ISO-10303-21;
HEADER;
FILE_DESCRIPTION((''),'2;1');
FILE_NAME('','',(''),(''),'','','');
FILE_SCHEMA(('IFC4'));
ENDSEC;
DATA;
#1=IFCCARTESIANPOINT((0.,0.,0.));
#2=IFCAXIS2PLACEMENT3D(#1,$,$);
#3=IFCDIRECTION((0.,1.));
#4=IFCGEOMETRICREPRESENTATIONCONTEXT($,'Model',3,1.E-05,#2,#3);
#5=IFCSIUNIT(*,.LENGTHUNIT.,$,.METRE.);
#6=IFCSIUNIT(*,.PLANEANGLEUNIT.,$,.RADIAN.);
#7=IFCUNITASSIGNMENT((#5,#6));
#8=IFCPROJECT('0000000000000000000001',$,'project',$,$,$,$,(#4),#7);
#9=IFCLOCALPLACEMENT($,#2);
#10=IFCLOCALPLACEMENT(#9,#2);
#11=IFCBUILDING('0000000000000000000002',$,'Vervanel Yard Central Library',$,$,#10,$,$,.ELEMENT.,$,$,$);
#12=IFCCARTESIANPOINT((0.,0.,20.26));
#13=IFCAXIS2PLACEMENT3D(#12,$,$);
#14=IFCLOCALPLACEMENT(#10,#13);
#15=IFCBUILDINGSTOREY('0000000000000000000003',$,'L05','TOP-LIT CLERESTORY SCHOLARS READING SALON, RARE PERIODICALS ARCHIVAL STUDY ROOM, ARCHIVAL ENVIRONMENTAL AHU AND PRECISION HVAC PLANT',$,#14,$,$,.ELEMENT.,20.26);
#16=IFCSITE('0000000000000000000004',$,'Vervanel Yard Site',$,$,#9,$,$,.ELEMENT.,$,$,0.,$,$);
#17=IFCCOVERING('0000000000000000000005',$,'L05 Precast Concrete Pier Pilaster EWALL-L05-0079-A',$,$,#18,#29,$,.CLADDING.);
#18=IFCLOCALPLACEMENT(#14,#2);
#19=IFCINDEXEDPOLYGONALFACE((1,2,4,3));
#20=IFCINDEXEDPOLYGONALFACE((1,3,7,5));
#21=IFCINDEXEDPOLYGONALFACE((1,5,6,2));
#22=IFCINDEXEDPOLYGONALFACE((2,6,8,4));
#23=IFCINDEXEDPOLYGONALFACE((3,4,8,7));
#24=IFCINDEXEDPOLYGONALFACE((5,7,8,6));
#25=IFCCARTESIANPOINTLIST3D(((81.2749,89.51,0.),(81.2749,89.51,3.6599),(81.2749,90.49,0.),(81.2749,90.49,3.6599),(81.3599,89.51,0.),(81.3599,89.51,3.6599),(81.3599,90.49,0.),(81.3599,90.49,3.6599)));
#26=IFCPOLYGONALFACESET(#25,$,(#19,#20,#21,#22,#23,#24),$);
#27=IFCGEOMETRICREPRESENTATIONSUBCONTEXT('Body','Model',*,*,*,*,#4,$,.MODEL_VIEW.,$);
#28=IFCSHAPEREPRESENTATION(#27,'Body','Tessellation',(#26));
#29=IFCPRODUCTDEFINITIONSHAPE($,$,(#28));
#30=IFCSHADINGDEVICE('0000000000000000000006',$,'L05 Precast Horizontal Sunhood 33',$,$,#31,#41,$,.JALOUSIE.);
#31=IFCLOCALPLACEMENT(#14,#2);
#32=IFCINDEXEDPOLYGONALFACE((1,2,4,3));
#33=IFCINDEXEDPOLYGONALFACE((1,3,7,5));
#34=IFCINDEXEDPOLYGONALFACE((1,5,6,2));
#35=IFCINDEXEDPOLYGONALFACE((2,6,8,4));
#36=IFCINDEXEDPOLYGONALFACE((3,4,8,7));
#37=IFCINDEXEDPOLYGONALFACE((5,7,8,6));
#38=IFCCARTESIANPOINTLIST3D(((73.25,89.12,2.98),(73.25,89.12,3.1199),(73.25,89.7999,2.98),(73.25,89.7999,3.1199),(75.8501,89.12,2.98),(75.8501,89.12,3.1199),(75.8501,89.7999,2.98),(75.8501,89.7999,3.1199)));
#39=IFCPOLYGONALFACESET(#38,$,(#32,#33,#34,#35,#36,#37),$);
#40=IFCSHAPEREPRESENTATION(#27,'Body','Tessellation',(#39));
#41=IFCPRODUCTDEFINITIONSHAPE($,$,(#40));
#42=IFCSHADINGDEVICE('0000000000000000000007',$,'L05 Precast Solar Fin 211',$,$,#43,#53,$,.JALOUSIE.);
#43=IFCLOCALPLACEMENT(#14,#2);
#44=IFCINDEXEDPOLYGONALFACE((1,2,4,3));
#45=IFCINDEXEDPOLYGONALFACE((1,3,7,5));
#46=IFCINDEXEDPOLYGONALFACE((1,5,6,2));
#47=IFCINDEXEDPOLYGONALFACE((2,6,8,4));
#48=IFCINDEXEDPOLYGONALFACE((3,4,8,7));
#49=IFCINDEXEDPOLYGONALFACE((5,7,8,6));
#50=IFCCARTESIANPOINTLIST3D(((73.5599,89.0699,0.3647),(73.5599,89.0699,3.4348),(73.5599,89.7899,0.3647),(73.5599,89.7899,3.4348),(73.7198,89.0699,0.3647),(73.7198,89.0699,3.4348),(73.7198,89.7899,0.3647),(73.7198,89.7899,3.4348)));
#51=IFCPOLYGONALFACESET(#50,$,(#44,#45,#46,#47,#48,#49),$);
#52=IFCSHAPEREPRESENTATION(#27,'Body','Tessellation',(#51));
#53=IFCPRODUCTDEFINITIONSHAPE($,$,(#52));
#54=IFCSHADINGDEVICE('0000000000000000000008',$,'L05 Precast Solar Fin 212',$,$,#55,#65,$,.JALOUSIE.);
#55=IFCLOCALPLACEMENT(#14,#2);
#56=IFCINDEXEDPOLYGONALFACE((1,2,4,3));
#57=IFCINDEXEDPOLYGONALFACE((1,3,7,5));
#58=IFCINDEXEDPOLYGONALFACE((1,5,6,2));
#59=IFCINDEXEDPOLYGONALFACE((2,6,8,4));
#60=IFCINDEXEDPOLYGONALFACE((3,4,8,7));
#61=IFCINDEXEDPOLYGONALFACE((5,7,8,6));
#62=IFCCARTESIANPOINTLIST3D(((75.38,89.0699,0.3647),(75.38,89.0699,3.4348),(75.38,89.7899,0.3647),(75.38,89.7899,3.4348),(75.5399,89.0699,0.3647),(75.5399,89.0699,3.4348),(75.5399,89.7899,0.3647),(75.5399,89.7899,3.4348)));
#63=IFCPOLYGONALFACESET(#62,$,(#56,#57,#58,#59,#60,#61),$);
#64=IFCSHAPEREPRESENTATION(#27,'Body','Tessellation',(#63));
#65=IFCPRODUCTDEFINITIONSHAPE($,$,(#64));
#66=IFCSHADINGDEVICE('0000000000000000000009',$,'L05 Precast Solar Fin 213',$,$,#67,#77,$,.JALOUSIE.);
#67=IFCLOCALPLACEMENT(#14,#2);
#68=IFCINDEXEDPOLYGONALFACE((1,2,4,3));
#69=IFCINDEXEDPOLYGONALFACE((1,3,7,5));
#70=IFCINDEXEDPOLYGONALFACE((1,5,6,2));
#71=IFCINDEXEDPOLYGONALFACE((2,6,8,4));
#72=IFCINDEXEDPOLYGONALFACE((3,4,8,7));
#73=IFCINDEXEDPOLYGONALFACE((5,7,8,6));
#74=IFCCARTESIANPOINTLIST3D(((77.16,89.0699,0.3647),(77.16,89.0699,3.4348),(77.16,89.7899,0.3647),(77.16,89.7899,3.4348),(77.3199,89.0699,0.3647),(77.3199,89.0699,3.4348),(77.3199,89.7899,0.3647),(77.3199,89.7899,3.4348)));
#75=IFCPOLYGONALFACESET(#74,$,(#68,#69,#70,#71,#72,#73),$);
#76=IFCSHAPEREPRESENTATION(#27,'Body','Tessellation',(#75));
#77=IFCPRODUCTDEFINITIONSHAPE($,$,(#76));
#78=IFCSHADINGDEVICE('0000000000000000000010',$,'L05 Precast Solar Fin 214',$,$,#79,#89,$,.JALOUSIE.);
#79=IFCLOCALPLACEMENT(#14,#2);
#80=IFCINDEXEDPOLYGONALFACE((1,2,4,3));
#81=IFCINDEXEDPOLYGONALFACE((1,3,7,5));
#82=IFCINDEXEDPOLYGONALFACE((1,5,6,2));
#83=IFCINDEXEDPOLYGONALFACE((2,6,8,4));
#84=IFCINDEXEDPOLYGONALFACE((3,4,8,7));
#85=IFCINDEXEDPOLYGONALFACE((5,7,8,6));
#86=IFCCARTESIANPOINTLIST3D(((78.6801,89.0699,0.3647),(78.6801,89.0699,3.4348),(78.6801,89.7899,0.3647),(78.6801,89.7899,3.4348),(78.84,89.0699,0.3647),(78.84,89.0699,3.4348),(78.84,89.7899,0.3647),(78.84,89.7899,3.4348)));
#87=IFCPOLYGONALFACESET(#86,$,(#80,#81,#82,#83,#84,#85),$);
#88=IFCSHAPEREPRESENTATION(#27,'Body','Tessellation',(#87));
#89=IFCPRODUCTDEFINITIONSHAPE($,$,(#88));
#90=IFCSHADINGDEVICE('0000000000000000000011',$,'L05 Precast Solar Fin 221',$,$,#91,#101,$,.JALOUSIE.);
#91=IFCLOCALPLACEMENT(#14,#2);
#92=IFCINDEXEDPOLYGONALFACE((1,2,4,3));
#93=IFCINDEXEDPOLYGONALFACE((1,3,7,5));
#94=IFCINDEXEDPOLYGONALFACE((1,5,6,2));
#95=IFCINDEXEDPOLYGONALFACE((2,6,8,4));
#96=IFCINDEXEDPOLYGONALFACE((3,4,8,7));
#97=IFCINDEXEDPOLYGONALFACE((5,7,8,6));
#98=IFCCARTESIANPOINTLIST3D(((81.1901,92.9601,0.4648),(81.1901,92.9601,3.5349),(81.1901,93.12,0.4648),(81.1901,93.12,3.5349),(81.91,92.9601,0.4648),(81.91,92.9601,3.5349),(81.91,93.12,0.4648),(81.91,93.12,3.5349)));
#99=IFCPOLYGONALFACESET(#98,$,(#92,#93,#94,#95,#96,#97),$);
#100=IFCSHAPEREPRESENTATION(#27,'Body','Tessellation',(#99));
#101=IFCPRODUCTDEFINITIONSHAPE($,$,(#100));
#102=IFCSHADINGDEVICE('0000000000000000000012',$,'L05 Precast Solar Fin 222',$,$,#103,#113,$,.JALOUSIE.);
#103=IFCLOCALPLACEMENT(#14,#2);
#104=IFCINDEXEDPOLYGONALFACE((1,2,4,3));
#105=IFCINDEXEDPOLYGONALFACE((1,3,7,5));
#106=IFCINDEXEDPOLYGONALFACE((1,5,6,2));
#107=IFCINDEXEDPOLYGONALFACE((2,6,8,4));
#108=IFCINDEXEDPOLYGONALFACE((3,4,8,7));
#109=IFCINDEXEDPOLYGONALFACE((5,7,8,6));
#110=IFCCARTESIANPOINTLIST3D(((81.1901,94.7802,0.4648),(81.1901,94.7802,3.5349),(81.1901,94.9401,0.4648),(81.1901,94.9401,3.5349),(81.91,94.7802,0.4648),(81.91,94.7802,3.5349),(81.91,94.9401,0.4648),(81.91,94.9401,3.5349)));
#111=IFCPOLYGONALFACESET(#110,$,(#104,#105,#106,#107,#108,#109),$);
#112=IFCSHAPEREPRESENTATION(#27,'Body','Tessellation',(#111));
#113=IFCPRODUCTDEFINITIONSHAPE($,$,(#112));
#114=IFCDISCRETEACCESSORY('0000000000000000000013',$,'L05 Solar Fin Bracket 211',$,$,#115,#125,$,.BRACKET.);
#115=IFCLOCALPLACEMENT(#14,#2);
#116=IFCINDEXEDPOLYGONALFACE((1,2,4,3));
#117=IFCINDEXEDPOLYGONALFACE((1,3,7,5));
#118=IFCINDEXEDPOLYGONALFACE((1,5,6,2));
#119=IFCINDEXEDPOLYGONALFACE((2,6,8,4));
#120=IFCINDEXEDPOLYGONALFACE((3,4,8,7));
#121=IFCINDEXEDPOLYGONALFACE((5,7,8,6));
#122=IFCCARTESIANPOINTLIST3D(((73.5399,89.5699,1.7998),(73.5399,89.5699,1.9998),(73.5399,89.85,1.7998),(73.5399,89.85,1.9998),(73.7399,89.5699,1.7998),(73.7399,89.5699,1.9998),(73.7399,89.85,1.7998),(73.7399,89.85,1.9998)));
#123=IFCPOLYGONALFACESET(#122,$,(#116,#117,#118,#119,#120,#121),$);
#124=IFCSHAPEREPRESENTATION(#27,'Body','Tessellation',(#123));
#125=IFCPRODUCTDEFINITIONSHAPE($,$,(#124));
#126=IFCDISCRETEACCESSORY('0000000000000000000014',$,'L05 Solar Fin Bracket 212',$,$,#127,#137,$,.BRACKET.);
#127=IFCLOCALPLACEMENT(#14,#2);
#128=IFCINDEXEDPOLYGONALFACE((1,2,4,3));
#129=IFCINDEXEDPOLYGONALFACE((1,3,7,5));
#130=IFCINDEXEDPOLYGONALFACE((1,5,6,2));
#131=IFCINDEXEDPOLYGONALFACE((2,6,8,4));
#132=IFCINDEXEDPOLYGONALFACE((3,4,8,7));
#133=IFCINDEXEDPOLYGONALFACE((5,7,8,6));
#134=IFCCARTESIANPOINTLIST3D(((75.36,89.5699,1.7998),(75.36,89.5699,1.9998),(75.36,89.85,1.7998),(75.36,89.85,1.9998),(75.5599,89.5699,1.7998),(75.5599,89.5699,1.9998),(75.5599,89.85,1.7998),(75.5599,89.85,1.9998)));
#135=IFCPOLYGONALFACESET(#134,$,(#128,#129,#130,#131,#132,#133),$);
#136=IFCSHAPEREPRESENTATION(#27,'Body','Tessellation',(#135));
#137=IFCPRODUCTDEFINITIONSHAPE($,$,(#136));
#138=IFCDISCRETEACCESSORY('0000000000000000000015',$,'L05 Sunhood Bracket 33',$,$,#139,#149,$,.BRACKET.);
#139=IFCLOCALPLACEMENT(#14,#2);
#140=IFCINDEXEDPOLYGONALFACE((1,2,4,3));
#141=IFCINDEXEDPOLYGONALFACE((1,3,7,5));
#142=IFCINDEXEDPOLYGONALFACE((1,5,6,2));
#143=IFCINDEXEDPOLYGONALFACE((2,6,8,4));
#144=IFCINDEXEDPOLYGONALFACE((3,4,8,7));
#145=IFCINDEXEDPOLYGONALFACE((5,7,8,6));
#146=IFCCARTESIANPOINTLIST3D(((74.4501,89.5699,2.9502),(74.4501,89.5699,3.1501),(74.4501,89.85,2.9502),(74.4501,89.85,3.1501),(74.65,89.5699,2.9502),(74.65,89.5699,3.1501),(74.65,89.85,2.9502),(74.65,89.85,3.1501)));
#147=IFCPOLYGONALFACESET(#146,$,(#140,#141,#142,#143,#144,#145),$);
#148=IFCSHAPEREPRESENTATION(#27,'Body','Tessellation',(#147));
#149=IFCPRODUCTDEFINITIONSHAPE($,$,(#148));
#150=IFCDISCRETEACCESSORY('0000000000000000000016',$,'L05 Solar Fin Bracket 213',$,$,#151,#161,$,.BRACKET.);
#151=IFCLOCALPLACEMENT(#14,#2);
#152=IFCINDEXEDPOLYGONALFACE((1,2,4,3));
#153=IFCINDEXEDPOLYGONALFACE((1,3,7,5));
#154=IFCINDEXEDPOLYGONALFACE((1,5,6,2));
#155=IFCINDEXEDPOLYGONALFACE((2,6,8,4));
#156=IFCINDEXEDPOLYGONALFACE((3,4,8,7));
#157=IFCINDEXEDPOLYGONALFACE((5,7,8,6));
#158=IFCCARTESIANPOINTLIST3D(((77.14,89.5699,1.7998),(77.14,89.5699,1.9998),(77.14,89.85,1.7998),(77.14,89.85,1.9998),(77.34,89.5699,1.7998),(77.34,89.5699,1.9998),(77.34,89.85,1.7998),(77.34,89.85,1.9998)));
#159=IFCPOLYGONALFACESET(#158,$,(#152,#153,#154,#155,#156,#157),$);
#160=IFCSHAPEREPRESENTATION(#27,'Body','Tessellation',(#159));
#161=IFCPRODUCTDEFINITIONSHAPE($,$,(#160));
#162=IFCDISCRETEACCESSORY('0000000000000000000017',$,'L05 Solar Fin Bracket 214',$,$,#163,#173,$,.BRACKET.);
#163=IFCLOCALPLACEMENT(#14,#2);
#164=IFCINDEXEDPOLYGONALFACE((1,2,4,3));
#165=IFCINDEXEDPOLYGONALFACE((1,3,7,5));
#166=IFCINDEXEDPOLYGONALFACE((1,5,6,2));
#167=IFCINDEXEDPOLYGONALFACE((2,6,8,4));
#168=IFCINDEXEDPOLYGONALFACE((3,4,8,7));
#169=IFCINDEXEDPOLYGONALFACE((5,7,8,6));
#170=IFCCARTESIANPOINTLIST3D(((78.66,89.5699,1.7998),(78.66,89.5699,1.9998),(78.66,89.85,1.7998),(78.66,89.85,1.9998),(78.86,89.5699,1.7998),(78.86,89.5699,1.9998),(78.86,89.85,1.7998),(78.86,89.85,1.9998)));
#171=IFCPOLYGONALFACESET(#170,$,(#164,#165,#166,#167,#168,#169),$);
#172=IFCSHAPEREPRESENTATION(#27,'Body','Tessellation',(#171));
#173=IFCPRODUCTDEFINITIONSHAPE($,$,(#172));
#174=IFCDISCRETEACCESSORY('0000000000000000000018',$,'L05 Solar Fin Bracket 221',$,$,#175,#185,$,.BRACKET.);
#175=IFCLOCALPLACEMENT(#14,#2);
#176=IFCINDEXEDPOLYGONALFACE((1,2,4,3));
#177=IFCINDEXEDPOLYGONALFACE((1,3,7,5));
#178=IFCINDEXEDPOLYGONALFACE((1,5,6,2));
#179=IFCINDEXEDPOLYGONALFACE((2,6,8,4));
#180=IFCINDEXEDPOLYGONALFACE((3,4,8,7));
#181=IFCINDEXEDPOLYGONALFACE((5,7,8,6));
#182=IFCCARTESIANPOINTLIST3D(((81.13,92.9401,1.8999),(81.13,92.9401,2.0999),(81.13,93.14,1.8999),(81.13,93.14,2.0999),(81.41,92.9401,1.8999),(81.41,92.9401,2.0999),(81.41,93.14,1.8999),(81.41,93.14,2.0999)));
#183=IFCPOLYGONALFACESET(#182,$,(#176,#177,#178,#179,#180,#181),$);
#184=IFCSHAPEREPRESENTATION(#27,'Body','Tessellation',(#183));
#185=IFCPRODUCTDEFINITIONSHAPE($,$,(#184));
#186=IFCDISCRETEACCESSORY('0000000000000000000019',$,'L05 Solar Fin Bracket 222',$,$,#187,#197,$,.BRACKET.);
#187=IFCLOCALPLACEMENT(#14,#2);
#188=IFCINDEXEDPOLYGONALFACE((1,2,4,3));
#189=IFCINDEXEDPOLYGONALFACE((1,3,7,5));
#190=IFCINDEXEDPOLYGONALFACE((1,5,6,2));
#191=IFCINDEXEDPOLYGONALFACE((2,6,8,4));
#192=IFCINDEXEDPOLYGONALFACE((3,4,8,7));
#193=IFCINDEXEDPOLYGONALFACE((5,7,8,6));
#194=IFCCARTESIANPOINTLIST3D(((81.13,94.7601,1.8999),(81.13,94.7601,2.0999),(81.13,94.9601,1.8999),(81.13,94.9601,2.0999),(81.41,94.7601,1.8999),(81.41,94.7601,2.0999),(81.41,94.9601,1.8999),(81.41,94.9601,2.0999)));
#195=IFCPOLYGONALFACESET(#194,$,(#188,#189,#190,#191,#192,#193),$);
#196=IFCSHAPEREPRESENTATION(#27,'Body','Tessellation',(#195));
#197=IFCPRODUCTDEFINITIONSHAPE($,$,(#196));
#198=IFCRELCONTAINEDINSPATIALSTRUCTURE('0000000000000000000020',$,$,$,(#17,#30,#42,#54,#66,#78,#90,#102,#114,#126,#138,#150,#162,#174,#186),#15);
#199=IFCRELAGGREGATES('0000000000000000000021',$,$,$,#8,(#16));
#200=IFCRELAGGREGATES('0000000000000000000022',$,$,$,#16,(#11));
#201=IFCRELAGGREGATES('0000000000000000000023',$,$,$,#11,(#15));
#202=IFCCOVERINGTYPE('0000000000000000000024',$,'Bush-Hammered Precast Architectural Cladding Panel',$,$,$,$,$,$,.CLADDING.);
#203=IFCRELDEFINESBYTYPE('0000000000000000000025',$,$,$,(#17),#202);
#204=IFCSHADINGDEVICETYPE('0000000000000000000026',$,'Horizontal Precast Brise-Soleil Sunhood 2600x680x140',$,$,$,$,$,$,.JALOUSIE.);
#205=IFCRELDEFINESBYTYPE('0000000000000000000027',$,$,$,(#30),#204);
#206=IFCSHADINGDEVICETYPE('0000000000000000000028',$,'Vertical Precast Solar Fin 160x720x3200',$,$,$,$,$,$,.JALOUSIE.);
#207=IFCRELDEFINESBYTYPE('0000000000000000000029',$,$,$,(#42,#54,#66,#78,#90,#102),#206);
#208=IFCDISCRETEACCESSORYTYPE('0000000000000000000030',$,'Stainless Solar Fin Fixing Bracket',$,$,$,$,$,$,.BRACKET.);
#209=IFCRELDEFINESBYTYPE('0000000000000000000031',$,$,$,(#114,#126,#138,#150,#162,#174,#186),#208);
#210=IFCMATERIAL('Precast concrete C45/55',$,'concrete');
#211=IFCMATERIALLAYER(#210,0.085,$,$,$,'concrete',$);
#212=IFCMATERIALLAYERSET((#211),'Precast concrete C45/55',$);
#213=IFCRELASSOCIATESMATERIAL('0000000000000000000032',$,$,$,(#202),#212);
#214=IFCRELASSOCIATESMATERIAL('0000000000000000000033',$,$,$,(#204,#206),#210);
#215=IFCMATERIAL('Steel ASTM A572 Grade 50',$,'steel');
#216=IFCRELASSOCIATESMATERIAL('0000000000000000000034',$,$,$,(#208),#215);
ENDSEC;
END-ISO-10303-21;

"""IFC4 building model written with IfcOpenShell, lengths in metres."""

from ifc_helpers import new_model, si_unit, direction, frame, origin, origin_2d, place, context, subcontext, project, spatial, rectangle, extrude, material, layer, layer_set, type_object, element, save


model = new_model("IFC4")

# Units and contexts
model_context = context("Model", 3, precision=1e-05, world=origin(), true_north=direction((0.0, 1.0)))
body_context = subcontext(model_context, "Body", "Model", "MODEL_VIEW")
ifc_project = project(units=[si_unit("LENGTHUNIT", "METRE"), si_unit("PLANEANGLEUNIT", "RADIAN")], contexts=[model_context])

# Site, building, storey
site_placement = place(None, origin())
site = spatial("IfcSite", under=ifc_project, at=site_placement, Name="Vervanel Yard Site", CompositionType="ELEMENT", RefElevation=0.0)
building_placement = place(site_placement, origin())
building = spatial("IfcBuilding", under=site, at=building_placement, Name="Vervanel Yard Central Library", CompositionType="ELEMENT")
storey_placement = place(building_placement, frame((0.0, 0.0, 20.26)))
storey = spatial("IfcBuildingStorey", under=building, at=storey_placement, Name="L05", Description="TOP-LIT CLERESTORY SCHOLARS READING SALON, RARE PERIODICALS ARCHIVAL STUDY ROOM, ARCHIVAL ENVIRONMENTAL AHU AND PRECISION HVAC PLANT", CompositionType="ELEMENT", Elevation=20.26)

# Shared definitions
ifc_material_1 = material(Name="Precast concrete C45/55", Category="concrete")

# Covering
ifc_layer_1 = layer(ifc_material_1, 0.085, Category="concrete")
ifc_layer_set_1 = layer_set([ifc_layer_1], Name="Precast concrete C45/55")
covering_type = type_object("IfcCoveringType", Name="Bush-Hammered Precast Architectural Cladding Panel", PredefinedType="CLADDING", material=ifc_layer_set_1)
for number, where, z_axis, x_axis, name in (
    (1, (81.3174, 90.0, 0.0), (0.0, 0.0, 1.0), (0.0, 1.0, 0.0), "L05 Precast Concrete Pier Pilaster EWALL-L05-0079-A"),
):
    element("IfcCovering", number, at=place(storey_placement, frame(where, z_axis=z_axis, x_axis=x_axis)), inside=storey, type_object=covering_type, Name=name, PredefinedType="CLADDING", context=body_context, shape_type="SweptSolid", body=[
        extrude(rectangle(XDim=0.98, YDim=0.085, at=origin_2d()), origin(), (0.0, 0.0, 1.0), 3.6599),
    ])

# Shading devices
shading_device_type_1 = type_object("IfcShadingDeviceType", Name="Horizontal Precast Brise-Soleil Sunhood 2600x680x140", PredefinedType="JALOUSIE", material=ifc_material_1)
shading_device_placement = place(storey_placement, frame((74.55, 89.46, 2.98), z_axis=(0.0, 0.0, 1.0), x_axis=(1.0, 0.0, 0.0)))
element("IfcShadingDevice", 2, at=shading_device_placement, inside=storey, type_object=shading_device_type_1, Name="L05 Precast Horizontal Sunhood 33", PredefinedType="JALOUSIE", context=body_context, shape_type="SweptSolid", body=[
    extrude(rectangle(XDim=2.6001, YDim=0.6799, at=origin_2d()), origin(), (0.0, 0.0, 1.0), 0.1399),
])
shading_device_type_2 = type_object("IfcShadingDeviceType", Name="Vertical Precast Solar Fin 160x720x3200", PredefinedType="JALOUSIE", material=ifc_material_1)
for number, where, z_axis, x_axis, name in (
    (3, (73.6399, 89.4299, 0.3647), (0.0, 0.0, 1.0), (1.0, 0.0, 0.0), "L05 Precast Solar Fin 211"),
    (4, (75.46, 89.4299, 0.3647), (0.0, 0.0, 1.0), (1.0, 0.0, 0.0), "L05 Precast Solar Fin 212"),
    (5, (77.24, 89.4299, 0.3647), (0.0, 0.0, 1.0), (1.0, 0.0, 0.0), "L05 Precast Solar Fin 213"),
    (6, (78.76, 89.4299, 0.3647), (0.0, 0.0, 1.0), (1.0, 0.0, 0.0), "L05 Precast Solar Fin 214"),
    (7, (81.55, 93.04, 0.4648), (0.0, 0.0, 1.0), (0.0, 1.0, 0.0), "L05 Precast Solar Fin 221"),
    (8, (81.55, 94.8601, 0.4648), (0.0, 0.0, 1.0), (0.0, 1.0, 0.0), "L05 Precast Solar Fin 222"),
):
    element("IfcShadingDevice", number, at=place(storey_placement, frame(where, z_axis=z_axis, x_axis=x_axis)), inside=storey, type_object=shading_device_type_2, Name=name, PredefinedType="JALOUSIE", context=body_context, shape_type="SweptSolid", body=[
        extrude(rectangle(XDim=0.1599, YDim=0.72, at=origin_2d()), origin(), (0.0, 0.0, 1.0), 3.0701),
    ])

# Discrete accessories
ifc_material_2 = material(Name="Steel ASTM A572 Grade 50", Category="steel")
discrete_accessory_type = type_object("IfcDiscreteAccessoryType", Name="Stainless Solar Fin Fixing Bracket", PredefinedType="BRACKET", material=ifc_material_2)
for number, where, z_axis, x_axis, name in (
    (9, (73.6399, 89.71, 1.7998), (0.0, 0.0, 1.0), (1.0, 0.0, 0.0), "L05 Solar Fin Bracket 211"),
    (10, (75.46, 89.71, 1.7998), (0.0, 0.0, 1.0), (1.0, 0.0, 0.0), "L05 Solar Fin Bracket 212"),
    (11, (74.55, 89.71, 2.9502), (0.0, 0.0, 1.0), (1.0, 0.0, 0.0), "L05 Sunhood Bracket 33"),
    (12, (77.24, 89.71, 1.7998), (0.0, 0.0, 1.0), (1.0, 0.0, 0.0), "L05 Solar Fin Bracket 213"),
    (13, (78.76, 89.71, 1.7998), (0.0, 0.0, 1.0), (1.0, 0.0, 0.0), "L05 Solar Fin Bracket 214"),
    (14, (81.27, 93.04, 1.8999), (0.0, 0.0, 1.0), (0.0, 1.0, 0.0), "L05 Solar Fin Bracket 221"),
    (15, (81.27, 94.8601, 1.8999), (0.0, 0.0, 1.0), (0.0, 1.0, 0.0), "L05 Solar Fin Bracket 222"),
):
    element("IfcDiscreteAccessory", number, at=place(storey_placement, frame(where, z_axis=z_axis, x_axis=x_axis)), inside=storey, type_object=discrete_accessory_type, Name=name, PredefinedType="BRACKET", context=body_context, shape_type="SweptSolid", body=[
        extrude(rectangle(XDim=0.2, YDim=0.28, at=origin_2d()), origin(), (0.0, 0.0, 1.0), 0.2),
    ])

save(model, "model.ifc")
